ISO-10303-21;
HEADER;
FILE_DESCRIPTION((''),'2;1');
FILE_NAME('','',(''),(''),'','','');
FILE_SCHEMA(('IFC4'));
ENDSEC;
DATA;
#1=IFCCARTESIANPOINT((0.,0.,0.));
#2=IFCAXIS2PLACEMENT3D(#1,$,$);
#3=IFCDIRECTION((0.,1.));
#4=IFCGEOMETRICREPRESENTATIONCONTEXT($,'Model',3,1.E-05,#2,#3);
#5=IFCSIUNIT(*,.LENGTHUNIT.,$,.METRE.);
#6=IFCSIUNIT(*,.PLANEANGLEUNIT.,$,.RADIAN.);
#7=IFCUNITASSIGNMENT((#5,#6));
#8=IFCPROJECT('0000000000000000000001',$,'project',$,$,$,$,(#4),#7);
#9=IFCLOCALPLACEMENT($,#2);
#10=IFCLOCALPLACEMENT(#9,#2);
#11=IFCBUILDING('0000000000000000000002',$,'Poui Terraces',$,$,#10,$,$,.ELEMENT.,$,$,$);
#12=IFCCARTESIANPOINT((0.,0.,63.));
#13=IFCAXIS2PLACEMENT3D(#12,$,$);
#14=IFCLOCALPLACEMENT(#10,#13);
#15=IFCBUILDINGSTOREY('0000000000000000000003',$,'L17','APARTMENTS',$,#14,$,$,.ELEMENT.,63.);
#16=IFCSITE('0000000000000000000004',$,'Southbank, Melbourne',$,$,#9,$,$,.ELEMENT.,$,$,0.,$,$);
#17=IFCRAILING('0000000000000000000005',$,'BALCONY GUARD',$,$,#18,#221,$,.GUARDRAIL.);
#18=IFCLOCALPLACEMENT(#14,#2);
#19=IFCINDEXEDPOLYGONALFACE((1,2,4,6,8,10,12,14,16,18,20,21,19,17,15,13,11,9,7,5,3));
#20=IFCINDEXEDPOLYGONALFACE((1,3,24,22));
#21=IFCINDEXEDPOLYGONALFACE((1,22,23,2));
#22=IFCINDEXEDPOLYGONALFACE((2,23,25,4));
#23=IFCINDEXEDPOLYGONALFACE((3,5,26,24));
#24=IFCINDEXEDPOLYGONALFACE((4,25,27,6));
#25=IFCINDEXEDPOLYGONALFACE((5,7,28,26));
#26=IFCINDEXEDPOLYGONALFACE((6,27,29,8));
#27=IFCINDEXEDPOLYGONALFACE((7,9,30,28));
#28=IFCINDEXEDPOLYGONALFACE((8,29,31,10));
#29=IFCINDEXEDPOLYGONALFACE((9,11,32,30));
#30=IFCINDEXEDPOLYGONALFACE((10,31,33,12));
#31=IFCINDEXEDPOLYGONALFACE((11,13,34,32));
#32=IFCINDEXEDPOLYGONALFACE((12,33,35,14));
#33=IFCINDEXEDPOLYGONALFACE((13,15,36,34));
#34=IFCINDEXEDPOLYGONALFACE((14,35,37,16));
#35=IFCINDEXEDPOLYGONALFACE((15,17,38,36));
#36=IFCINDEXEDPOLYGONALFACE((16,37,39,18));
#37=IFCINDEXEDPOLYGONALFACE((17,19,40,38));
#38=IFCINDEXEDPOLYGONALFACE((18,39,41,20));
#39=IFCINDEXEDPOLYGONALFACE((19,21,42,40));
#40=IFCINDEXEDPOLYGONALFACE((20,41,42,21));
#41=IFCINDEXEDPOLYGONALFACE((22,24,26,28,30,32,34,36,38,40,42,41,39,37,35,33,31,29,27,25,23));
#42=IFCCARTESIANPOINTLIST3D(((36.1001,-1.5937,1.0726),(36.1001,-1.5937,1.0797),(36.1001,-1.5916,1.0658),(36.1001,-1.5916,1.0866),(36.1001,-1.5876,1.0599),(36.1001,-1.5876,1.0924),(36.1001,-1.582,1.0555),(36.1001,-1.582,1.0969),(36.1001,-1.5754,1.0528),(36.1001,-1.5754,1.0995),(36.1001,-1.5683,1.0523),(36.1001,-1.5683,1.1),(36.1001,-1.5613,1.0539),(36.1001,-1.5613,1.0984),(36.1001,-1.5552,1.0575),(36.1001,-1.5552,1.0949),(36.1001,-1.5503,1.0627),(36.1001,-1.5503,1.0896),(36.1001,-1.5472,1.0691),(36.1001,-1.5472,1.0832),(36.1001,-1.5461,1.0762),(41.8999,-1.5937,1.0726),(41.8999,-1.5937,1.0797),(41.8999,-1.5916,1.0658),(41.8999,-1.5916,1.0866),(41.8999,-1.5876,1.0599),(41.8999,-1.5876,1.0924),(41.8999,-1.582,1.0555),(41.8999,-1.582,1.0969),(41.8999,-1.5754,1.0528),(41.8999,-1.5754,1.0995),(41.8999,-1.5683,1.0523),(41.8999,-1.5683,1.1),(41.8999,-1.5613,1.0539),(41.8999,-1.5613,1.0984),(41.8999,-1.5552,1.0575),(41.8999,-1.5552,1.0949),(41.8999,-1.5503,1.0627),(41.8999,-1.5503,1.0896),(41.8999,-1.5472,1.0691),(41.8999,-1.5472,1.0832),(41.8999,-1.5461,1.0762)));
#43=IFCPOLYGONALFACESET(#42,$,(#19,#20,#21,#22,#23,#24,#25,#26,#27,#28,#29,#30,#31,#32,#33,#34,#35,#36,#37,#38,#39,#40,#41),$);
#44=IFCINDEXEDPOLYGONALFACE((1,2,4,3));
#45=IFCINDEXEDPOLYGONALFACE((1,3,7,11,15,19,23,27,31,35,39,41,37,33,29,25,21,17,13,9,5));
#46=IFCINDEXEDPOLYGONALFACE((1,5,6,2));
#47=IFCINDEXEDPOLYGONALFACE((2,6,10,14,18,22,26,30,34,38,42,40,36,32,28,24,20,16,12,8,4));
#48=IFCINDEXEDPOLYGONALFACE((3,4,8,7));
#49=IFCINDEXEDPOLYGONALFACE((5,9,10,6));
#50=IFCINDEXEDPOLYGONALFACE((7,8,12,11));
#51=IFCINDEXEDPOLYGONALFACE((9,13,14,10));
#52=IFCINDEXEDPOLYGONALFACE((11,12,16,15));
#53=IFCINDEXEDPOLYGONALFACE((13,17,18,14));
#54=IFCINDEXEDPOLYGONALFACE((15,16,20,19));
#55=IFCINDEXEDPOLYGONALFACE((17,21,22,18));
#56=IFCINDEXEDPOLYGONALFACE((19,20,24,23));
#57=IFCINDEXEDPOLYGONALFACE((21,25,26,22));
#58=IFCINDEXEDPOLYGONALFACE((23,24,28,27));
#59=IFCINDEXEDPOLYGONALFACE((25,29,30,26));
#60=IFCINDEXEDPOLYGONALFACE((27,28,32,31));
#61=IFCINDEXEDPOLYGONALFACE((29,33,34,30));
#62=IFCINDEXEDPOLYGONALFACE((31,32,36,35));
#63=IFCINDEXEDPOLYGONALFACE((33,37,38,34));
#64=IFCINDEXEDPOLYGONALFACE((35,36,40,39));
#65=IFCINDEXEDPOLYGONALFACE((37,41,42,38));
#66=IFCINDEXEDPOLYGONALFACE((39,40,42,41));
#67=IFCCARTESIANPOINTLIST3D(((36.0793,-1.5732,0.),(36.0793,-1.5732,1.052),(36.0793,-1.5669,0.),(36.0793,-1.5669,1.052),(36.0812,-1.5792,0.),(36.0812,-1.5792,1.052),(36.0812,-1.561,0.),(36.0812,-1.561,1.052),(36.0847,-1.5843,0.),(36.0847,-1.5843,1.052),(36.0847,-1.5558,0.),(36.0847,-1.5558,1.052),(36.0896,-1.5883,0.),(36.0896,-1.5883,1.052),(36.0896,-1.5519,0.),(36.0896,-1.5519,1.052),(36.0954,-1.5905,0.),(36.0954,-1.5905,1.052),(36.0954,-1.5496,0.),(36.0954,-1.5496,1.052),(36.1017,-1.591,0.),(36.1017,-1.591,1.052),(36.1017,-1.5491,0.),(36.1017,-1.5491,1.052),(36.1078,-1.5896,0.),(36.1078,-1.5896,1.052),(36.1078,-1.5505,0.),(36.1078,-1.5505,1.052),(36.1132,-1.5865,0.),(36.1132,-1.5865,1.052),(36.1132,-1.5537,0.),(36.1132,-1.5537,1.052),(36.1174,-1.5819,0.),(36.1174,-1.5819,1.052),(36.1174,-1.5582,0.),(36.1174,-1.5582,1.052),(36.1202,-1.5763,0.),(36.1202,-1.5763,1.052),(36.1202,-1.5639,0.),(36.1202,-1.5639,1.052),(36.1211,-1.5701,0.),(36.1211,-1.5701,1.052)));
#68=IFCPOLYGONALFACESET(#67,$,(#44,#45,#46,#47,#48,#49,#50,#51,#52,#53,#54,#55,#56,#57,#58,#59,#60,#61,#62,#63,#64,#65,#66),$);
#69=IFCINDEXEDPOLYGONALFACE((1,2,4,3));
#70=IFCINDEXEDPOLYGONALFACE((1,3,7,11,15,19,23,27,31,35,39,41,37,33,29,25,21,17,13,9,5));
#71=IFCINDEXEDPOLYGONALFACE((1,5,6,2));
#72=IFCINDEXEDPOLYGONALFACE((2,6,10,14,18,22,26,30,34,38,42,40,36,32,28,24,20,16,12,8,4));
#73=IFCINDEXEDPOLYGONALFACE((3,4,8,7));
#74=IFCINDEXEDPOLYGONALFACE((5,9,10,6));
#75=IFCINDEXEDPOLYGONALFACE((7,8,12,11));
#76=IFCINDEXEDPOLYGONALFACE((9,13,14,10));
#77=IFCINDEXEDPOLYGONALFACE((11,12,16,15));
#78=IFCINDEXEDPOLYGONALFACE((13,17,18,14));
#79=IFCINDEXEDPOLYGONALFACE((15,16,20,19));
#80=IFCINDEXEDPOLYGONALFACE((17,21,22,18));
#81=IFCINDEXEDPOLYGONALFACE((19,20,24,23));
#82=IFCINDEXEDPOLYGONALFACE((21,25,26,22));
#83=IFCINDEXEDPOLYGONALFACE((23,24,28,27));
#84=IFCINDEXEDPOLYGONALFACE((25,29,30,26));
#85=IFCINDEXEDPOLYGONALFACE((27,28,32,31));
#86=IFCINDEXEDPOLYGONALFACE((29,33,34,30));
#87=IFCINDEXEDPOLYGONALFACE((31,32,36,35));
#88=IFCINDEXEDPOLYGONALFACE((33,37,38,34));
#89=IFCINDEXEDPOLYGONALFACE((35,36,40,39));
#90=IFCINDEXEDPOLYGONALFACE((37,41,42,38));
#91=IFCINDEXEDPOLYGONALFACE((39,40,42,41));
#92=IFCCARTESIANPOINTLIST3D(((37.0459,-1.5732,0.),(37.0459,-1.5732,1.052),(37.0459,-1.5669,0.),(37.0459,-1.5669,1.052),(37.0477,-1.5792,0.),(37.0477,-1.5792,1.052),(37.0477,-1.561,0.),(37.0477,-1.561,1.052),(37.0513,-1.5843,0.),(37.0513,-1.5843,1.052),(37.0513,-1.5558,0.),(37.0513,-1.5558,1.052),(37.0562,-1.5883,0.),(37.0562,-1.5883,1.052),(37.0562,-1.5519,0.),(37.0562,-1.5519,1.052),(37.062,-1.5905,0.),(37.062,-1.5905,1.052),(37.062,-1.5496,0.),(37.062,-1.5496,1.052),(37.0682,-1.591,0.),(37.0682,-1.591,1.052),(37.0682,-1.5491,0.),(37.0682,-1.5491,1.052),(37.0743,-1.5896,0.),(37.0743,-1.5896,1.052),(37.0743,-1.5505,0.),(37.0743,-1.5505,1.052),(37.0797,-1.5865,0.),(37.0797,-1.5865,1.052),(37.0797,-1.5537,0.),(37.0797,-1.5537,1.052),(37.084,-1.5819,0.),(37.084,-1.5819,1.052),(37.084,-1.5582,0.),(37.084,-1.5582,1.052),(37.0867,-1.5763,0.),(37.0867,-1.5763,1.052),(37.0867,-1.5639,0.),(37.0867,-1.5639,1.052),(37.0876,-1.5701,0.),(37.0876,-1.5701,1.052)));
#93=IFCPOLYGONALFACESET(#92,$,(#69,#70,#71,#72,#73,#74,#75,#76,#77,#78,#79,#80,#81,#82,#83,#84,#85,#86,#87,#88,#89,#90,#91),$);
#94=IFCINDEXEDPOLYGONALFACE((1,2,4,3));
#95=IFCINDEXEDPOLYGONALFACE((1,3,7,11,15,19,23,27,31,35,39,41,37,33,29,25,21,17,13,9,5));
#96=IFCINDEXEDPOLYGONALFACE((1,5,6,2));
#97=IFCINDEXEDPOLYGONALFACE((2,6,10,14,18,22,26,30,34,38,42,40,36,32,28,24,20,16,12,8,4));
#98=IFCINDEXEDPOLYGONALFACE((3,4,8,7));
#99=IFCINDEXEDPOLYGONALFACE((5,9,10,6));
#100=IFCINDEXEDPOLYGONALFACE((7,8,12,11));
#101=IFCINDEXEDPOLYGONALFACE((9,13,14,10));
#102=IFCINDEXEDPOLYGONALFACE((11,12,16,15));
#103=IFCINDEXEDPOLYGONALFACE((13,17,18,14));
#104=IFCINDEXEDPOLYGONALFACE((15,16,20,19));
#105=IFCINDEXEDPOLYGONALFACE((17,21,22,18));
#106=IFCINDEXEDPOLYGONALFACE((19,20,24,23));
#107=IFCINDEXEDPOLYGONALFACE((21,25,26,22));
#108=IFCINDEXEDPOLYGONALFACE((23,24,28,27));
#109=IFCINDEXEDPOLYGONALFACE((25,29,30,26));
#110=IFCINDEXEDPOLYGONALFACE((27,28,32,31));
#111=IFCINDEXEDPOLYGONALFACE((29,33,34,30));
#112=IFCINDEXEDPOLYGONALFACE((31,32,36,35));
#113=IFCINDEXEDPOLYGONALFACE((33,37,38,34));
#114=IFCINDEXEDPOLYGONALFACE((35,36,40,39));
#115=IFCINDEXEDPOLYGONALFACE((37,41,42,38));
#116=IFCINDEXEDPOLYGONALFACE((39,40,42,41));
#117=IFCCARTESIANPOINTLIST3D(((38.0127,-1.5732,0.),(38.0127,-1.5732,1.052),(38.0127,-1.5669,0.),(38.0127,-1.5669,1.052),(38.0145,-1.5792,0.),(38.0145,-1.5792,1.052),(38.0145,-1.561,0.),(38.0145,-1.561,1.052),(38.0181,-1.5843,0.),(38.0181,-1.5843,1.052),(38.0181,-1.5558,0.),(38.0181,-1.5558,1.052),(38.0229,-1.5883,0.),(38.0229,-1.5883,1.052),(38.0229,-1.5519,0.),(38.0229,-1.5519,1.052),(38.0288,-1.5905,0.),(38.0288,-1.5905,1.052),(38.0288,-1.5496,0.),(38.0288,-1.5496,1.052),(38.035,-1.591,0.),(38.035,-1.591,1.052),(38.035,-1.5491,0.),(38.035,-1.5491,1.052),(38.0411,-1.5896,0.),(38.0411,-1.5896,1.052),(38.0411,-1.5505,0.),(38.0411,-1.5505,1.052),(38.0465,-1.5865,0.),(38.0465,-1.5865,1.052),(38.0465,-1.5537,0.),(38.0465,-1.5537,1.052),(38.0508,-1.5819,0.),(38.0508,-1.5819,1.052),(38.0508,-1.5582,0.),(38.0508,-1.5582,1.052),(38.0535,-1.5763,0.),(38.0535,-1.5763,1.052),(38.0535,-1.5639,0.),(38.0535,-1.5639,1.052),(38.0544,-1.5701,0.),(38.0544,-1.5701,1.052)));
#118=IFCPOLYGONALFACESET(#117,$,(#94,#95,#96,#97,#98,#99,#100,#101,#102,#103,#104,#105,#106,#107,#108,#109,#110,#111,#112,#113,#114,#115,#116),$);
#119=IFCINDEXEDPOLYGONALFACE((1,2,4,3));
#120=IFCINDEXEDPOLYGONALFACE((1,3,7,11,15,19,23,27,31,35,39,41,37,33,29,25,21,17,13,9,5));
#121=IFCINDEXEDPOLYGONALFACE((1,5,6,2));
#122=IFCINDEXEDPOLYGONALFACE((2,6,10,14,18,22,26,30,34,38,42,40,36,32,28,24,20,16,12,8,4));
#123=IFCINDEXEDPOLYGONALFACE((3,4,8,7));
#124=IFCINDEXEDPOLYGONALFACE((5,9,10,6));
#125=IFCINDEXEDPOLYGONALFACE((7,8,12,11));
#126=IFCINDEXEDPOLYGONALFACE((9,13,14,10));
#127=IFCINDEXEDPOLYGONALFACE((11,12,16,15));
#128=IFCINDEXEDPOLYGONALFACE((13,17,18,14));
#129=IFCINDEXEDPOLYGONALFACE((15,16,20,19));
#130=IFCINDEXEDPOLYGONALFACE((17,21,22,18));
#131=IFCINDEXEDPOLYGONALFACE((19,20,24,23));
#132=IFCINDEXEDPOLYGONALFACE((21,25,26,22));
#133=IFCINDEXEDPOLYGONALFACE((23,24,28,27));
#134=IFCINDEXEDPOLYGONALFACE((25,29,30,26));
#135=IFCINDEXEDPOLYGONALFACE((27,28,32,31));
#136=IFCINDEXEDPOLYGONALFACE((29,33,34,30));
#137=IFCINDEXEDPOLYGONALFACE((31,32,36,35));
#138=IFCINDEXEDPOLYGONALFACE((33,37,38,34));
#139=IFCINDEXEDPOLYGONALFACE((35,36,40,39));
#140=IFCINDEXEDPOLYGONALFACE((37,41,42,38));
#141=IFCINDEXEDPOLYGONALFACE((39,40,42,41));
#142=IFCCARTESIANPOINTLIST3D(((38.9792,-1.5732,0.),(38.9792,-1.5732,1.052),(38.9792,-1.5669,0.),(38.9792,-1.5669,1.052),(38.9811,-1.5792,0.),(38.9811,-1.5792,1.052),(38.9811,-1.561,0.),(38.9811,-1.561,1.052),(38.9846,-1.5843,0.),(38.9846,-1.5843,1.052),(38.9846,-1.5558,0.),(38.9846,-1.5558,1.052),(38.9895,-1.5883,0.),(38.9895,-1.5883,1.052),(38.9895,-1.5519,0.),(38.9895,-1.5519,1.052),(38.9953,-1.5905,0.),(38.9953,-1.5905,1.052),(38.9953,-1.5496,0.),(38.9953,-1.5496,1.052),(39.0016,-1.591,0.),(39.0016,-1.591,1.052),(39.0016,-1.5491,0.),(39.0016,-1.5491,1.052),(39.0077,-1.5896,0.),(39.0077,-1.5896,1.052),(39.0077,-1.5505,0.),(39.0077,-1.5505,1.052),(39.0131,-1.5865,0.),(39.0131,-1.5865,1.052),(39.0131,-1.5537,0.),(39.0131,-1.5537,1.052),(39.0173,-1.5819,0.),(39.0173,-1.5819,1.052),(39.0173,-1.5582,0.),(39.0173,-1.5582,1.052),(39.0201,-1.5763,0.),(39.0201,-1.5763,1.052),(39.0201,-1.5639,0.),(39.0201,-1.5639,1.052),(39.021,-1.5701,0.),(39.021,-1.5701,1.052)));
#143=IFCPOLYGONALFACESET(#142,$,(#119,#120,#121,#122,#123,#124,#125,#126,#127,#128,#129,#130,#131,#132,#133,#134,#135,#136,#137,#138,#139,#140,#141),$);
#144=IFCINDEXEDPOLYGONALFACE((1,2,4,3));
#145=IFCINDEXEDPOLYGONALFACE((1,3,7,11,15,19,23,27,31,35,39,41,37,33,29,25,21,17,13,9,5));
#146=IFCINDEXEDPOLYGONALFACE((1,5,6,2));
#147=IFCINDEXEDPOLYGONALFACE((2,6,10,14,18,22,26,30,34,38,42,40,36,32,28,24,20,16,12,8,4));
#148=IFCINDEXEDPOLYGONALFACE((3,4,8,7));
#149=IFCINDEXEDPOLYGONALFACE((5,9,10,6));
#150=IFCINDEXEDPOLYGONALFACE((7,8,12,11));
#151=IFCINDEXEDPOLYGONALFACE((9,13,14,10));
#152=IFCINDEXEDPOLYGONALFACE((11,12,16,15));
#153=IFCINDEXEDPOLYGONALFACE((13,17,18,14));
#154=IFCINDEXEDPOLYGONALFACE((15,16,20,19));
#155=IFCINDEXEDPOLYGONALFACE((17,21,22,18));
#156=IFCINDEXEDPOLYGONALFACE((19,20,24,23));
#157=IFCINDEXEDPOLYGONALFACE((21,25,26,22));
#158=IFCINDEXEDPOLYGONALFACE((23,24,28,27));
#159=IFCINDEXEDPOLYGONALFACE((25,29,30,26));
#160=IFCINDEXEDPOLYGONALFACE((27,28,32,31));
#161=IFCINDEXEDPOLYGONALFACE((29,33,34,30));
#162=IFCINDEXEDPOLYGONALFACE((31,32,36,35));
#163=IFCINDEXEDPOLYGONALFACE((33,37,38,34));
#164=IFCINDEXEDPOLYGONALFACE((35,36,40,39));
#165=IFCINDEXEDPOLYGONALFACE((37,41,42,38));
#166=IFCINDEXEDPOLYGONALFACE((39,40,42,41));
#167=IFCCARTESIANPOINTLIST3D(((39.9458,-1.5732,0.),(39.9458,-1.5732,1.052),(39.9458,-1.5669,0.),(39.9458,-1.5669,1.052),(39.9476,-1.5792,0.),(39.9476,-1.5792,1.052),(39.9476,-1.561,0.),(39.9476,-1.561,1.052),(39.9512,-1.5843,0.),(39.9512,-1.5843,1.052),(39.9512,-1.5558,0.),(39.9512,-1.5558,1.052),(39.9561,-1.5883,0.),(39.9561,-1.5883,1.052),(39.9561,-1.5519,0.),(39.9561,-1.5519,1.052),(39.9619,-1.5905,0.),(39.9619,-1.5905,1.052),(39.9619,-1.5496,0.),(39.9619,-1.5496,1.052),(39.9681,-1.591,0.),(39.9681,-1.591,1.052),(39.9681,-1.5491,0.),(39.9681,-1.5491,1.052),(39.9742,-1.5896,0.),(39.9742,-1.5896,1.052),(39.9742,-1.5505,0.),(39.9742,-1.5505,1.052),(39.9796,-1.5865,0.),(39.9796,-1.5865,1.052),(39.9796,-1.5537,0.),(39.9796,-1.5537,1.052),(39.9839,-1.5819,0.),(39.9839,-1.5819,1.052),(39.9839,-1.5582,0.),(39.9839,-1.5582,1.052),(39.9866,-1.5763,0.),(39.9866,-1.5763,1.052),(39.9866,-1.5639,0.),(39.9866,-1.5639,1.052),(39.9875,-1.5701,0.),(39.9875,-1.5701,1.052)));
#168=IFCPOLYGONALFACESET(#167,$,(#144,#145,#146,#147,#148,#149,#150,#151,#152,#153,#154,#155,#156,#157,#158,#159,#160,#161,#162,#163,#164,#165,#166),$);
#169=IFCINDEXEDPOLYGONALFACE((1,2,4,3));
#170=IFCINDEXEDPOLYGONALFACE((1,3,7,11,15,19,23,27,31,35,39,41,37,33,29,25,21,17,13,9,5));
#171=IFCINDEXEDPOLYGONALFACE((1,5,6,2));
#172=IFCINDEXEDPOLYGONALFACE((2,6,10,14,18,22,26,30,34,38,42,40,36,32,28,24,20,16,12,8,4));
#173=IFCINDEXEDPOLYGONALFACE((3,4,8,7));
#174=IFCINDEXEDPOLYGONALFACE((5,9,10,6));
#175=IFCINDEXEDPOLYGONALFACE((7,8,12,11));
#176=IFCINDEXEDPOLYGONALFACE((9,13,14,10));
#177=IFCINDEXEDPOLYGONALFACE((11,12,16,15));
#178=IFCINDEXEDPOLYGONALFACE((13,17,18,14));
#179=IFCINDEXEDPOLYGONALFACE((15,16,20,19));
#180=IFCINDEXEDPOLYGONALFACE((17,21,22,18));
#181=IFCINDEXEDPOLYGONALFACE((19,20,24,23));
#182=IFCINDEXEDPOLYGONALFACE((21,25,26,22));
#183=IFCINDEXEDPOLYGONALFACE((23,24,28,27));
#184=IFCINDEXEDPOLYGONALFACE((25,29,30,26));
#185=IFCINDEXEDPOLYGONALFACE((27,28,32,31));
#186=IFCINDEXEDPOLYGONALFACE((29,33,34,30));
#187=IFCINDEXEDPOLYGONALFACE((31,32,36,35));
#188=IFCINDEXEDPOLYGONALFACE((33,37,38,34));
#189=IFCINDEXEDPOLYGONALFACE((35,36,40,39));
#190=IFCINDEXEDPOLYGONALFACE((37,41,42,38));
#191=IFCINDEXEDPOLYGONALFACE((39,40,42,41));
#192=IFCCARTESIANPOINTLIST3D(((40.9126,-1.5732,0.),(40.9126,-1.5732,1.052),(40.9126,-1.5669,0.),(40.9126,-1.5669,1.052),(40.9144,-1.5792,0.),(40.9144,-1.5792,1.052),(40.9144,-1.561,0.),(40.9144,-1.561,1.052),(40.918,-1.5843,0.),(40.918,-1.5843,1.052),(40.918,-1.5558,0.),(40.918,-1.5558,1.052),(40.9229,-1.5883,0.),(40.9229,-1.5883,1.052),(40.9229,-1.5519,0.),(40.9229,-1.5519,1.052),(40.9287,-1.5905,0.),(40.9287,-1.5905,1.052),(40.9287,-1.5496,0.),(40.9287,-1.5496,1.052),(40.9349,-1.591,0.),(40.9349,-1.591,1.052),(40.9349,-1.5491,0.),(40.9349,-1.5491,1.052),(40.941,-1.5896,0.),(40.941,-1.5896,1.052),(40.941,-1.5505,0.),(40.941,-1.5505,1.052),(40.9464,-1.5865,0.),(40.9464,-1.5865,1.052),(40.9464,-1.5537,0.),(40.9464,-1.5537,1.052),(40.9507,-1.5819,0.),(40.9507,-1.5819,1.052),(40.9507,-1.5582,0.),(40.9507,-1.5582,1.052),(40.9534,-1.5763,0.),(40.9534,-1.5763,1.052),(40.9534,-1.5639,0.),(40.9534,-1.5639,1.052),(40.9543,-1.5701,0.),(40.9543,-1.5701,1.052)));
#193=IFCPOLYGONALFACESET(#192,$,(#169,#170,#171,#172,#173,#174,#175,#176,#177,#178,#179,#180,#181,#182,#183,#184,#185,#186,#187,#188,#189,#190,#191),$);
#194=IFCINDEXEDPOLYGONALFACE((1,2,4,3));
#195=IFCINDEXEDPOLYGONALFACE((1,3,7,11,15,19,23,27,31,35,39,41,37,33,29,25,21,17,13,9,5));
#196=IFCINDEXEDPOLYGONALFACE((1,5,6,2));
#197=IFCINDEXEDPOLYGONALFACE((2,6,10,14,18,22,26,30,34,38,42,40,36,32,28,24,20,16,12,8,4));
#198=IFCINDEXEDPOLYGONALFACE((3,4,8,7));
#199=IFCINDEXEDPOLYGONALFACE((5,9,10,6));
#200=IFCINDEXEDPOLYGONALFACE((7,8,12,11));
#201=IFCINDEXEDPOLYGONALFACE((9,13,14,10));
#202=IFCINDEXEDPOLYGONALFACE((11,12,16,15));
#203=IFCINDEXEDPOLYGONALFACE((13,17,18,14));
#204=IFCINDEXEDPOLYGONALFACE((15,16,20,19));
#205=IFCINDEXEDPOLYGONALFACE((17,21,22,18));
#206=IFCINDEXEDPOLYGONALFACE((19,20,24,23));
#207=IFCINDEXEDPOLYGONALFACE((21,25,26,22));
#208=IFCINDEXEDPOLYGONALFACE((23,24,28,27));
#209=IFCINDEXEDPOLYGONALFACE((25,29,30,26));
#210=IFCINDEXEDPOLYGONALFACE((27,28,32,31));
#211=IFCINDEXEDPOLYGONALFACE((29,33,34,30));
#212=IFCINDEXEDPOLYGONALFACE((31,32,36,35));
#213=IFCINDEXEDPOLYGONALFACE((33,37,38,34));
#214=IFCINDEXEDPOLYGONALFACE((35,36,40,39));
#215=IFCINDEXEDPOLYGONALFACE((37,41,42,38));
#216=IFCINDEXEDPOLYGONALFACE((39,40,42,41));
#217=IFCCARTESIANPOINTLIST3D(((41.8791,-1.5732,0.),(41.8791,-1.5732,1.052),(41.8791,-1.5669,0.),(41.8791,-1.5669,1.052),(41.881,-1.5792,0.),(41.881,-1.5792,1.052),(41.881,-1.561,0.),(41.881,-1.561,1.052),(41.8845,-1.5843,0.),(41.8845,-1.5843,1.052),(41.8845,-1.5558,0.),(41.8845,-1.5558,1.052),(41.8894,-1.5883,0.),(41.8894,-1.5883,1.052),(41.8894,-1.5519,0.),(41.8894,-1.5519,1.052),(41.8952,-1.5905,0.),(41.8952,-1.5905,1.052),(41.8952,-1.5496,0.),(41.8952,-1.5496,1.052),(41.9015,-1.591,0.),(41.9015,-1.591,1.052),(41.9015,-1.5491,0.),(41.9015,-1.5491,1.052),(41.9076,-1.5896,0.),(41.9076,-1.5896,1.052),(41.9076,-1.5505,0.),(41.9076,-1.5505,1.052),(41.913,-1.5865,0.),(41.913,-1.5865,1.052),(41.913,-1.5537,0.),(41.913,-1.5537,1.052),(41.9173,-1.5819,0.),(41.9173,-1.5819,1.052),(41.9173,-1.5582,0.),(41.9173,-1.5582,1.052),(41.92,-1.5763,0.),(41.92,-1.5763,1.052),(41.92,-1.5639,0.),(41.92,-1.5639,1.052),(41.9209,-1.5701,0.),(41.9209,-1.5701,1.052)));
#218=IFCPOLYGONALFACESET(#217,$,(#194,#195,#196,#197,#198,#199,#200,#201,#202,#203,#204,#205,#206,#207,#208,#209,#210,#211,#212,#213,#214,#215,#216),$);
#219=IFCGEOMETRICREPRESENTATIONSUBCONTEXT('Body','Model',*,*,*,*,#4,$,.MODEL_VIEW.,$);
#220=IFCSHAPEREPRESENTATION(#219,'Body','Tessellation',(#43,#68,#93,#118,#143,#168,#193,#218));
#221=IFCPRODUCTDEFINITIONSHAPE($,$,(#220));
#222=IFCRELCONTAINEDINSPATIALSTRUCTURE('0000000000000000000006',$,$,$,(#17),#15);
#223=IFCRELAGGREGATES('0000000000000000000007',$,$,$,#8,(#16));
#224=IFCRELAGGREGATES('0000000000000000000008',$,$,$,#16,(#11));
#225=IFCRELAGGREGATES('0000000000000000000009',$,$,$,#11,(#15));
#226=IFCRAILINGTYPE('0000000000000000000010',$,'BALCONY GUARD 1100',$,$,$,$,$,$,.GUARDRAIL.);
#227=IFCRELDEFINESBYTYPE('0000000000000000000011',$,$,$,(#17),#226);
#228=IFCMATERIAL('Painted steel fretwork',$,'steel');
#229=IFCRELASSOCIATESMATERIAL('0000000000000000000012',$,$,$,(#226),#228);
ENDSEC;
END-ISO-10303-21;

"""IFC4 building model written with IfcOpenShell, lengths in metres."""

from ifc_helpers import new_model, si_unit, direction, frame, origin, origin_2d, place, context, subcontext, project, spatial, circle, extrude, material, type_object, element, save


model = new_model("IFC4")

# Units and contexts
model_context = context("Model", 3, precision=1e-05, world=origin(), true_north=direction((0.0, 1.0)))
body_context = subcontext(model_context, "Body", "Model", "MODEL_VIEW")
ifc_project = project(units=[si_unit("LENGTHUNIT", "METRE"), si_unit("PLANEANGLEUNIT", "RADIAN")], contexts=[model_context])

# Site, building, storey
site_placement = place(None, origin())
site = spatial("IfcSite", under=ifc_project, at=site_placement, Name="Southbank, Melbourne", CompositionType="ELEMENT", RefElevation=0.0)
building_placement = place(site_placement, origin())
building = spatial("IfcBuilding", under=site, at=building_placement, Name="Poui Terraces", CompositionType="ELEMENT")
storey_placement = place(building_placement, frame((0.0, 0.0, 63.0)))
storey = spatial("IfcBuildingStorey", under=building, at=storey_placement, Name="L17", Description="APARTMENTS", CompositionType="ELEMENT", Elevation=63.0)

# Railing
ifc_material_1 = material(Name="Painted steel fretwork", Category="steel")
railing_type = type_object("IfcRailingType", Name="BALCONY GUARD 1100", PredefinedType="GUARDRAIL", material=ifc_material_1)
railing_placement = place(storey_placement, frame((36.1001, -1.5701, 0.0)))
element("IfcRailing", 1, at=railing_placement, inside=storey, type_object=railing_type, Name="BALCONY GUARD", PredefinedType="GUARDRAIL", context=body_context, shape_type="SweptSolid", body=[
    extrude(circle(Radius=0.0239, at=origin_2d()), frame((0.0, 0.0, 1.0762), z_axis=(1.0, 0.0, 0.0), x_axis=(0.0, 1.0, 0.0)), (0.0, 0.0, 1.0), 5.7998),
    extrude(circle(Radius=0.021, at=origin_2d()), origin(), (0.0, 0.0, 1.0), 1.052),
    extrude(circle(Radius=0.021, at=origin_2d()), frame((0.9666, 0.0, 0.0)), (0.0, 0.0, 1.0), 1.052),
    extrude(circle(Radius=0.021, at=origin_2d()), frame((1.9333, 0.0, 0.0)), (0.0, 0.0, 1.0), 1.052),
    extrude(circle(Radius=0.021, at=origin_2d()), frame((2.8999, 0.0, 0.0)), (0.0, 0.0, 1.0), 1.052),
    extrude(circle(Radius=0.021, at=origin_2d()), frame((3.8665, 0.0, 0.0)), (0.0, 0.0, 1.0), 1.052),
    extrude(circle(Radius=0.021, at=origin_2d()), frame((4.8333, 0.0, 0.0)), (0.0, 0.0, 1.0), 1.052),
    extrude(circle(Radius=0.021, at=origin_2d()), frame((5.7998, 0.0, 0.0)), (0.0, 0.0, 1.0), 1.052),
])

save(model, "model.ifc")
